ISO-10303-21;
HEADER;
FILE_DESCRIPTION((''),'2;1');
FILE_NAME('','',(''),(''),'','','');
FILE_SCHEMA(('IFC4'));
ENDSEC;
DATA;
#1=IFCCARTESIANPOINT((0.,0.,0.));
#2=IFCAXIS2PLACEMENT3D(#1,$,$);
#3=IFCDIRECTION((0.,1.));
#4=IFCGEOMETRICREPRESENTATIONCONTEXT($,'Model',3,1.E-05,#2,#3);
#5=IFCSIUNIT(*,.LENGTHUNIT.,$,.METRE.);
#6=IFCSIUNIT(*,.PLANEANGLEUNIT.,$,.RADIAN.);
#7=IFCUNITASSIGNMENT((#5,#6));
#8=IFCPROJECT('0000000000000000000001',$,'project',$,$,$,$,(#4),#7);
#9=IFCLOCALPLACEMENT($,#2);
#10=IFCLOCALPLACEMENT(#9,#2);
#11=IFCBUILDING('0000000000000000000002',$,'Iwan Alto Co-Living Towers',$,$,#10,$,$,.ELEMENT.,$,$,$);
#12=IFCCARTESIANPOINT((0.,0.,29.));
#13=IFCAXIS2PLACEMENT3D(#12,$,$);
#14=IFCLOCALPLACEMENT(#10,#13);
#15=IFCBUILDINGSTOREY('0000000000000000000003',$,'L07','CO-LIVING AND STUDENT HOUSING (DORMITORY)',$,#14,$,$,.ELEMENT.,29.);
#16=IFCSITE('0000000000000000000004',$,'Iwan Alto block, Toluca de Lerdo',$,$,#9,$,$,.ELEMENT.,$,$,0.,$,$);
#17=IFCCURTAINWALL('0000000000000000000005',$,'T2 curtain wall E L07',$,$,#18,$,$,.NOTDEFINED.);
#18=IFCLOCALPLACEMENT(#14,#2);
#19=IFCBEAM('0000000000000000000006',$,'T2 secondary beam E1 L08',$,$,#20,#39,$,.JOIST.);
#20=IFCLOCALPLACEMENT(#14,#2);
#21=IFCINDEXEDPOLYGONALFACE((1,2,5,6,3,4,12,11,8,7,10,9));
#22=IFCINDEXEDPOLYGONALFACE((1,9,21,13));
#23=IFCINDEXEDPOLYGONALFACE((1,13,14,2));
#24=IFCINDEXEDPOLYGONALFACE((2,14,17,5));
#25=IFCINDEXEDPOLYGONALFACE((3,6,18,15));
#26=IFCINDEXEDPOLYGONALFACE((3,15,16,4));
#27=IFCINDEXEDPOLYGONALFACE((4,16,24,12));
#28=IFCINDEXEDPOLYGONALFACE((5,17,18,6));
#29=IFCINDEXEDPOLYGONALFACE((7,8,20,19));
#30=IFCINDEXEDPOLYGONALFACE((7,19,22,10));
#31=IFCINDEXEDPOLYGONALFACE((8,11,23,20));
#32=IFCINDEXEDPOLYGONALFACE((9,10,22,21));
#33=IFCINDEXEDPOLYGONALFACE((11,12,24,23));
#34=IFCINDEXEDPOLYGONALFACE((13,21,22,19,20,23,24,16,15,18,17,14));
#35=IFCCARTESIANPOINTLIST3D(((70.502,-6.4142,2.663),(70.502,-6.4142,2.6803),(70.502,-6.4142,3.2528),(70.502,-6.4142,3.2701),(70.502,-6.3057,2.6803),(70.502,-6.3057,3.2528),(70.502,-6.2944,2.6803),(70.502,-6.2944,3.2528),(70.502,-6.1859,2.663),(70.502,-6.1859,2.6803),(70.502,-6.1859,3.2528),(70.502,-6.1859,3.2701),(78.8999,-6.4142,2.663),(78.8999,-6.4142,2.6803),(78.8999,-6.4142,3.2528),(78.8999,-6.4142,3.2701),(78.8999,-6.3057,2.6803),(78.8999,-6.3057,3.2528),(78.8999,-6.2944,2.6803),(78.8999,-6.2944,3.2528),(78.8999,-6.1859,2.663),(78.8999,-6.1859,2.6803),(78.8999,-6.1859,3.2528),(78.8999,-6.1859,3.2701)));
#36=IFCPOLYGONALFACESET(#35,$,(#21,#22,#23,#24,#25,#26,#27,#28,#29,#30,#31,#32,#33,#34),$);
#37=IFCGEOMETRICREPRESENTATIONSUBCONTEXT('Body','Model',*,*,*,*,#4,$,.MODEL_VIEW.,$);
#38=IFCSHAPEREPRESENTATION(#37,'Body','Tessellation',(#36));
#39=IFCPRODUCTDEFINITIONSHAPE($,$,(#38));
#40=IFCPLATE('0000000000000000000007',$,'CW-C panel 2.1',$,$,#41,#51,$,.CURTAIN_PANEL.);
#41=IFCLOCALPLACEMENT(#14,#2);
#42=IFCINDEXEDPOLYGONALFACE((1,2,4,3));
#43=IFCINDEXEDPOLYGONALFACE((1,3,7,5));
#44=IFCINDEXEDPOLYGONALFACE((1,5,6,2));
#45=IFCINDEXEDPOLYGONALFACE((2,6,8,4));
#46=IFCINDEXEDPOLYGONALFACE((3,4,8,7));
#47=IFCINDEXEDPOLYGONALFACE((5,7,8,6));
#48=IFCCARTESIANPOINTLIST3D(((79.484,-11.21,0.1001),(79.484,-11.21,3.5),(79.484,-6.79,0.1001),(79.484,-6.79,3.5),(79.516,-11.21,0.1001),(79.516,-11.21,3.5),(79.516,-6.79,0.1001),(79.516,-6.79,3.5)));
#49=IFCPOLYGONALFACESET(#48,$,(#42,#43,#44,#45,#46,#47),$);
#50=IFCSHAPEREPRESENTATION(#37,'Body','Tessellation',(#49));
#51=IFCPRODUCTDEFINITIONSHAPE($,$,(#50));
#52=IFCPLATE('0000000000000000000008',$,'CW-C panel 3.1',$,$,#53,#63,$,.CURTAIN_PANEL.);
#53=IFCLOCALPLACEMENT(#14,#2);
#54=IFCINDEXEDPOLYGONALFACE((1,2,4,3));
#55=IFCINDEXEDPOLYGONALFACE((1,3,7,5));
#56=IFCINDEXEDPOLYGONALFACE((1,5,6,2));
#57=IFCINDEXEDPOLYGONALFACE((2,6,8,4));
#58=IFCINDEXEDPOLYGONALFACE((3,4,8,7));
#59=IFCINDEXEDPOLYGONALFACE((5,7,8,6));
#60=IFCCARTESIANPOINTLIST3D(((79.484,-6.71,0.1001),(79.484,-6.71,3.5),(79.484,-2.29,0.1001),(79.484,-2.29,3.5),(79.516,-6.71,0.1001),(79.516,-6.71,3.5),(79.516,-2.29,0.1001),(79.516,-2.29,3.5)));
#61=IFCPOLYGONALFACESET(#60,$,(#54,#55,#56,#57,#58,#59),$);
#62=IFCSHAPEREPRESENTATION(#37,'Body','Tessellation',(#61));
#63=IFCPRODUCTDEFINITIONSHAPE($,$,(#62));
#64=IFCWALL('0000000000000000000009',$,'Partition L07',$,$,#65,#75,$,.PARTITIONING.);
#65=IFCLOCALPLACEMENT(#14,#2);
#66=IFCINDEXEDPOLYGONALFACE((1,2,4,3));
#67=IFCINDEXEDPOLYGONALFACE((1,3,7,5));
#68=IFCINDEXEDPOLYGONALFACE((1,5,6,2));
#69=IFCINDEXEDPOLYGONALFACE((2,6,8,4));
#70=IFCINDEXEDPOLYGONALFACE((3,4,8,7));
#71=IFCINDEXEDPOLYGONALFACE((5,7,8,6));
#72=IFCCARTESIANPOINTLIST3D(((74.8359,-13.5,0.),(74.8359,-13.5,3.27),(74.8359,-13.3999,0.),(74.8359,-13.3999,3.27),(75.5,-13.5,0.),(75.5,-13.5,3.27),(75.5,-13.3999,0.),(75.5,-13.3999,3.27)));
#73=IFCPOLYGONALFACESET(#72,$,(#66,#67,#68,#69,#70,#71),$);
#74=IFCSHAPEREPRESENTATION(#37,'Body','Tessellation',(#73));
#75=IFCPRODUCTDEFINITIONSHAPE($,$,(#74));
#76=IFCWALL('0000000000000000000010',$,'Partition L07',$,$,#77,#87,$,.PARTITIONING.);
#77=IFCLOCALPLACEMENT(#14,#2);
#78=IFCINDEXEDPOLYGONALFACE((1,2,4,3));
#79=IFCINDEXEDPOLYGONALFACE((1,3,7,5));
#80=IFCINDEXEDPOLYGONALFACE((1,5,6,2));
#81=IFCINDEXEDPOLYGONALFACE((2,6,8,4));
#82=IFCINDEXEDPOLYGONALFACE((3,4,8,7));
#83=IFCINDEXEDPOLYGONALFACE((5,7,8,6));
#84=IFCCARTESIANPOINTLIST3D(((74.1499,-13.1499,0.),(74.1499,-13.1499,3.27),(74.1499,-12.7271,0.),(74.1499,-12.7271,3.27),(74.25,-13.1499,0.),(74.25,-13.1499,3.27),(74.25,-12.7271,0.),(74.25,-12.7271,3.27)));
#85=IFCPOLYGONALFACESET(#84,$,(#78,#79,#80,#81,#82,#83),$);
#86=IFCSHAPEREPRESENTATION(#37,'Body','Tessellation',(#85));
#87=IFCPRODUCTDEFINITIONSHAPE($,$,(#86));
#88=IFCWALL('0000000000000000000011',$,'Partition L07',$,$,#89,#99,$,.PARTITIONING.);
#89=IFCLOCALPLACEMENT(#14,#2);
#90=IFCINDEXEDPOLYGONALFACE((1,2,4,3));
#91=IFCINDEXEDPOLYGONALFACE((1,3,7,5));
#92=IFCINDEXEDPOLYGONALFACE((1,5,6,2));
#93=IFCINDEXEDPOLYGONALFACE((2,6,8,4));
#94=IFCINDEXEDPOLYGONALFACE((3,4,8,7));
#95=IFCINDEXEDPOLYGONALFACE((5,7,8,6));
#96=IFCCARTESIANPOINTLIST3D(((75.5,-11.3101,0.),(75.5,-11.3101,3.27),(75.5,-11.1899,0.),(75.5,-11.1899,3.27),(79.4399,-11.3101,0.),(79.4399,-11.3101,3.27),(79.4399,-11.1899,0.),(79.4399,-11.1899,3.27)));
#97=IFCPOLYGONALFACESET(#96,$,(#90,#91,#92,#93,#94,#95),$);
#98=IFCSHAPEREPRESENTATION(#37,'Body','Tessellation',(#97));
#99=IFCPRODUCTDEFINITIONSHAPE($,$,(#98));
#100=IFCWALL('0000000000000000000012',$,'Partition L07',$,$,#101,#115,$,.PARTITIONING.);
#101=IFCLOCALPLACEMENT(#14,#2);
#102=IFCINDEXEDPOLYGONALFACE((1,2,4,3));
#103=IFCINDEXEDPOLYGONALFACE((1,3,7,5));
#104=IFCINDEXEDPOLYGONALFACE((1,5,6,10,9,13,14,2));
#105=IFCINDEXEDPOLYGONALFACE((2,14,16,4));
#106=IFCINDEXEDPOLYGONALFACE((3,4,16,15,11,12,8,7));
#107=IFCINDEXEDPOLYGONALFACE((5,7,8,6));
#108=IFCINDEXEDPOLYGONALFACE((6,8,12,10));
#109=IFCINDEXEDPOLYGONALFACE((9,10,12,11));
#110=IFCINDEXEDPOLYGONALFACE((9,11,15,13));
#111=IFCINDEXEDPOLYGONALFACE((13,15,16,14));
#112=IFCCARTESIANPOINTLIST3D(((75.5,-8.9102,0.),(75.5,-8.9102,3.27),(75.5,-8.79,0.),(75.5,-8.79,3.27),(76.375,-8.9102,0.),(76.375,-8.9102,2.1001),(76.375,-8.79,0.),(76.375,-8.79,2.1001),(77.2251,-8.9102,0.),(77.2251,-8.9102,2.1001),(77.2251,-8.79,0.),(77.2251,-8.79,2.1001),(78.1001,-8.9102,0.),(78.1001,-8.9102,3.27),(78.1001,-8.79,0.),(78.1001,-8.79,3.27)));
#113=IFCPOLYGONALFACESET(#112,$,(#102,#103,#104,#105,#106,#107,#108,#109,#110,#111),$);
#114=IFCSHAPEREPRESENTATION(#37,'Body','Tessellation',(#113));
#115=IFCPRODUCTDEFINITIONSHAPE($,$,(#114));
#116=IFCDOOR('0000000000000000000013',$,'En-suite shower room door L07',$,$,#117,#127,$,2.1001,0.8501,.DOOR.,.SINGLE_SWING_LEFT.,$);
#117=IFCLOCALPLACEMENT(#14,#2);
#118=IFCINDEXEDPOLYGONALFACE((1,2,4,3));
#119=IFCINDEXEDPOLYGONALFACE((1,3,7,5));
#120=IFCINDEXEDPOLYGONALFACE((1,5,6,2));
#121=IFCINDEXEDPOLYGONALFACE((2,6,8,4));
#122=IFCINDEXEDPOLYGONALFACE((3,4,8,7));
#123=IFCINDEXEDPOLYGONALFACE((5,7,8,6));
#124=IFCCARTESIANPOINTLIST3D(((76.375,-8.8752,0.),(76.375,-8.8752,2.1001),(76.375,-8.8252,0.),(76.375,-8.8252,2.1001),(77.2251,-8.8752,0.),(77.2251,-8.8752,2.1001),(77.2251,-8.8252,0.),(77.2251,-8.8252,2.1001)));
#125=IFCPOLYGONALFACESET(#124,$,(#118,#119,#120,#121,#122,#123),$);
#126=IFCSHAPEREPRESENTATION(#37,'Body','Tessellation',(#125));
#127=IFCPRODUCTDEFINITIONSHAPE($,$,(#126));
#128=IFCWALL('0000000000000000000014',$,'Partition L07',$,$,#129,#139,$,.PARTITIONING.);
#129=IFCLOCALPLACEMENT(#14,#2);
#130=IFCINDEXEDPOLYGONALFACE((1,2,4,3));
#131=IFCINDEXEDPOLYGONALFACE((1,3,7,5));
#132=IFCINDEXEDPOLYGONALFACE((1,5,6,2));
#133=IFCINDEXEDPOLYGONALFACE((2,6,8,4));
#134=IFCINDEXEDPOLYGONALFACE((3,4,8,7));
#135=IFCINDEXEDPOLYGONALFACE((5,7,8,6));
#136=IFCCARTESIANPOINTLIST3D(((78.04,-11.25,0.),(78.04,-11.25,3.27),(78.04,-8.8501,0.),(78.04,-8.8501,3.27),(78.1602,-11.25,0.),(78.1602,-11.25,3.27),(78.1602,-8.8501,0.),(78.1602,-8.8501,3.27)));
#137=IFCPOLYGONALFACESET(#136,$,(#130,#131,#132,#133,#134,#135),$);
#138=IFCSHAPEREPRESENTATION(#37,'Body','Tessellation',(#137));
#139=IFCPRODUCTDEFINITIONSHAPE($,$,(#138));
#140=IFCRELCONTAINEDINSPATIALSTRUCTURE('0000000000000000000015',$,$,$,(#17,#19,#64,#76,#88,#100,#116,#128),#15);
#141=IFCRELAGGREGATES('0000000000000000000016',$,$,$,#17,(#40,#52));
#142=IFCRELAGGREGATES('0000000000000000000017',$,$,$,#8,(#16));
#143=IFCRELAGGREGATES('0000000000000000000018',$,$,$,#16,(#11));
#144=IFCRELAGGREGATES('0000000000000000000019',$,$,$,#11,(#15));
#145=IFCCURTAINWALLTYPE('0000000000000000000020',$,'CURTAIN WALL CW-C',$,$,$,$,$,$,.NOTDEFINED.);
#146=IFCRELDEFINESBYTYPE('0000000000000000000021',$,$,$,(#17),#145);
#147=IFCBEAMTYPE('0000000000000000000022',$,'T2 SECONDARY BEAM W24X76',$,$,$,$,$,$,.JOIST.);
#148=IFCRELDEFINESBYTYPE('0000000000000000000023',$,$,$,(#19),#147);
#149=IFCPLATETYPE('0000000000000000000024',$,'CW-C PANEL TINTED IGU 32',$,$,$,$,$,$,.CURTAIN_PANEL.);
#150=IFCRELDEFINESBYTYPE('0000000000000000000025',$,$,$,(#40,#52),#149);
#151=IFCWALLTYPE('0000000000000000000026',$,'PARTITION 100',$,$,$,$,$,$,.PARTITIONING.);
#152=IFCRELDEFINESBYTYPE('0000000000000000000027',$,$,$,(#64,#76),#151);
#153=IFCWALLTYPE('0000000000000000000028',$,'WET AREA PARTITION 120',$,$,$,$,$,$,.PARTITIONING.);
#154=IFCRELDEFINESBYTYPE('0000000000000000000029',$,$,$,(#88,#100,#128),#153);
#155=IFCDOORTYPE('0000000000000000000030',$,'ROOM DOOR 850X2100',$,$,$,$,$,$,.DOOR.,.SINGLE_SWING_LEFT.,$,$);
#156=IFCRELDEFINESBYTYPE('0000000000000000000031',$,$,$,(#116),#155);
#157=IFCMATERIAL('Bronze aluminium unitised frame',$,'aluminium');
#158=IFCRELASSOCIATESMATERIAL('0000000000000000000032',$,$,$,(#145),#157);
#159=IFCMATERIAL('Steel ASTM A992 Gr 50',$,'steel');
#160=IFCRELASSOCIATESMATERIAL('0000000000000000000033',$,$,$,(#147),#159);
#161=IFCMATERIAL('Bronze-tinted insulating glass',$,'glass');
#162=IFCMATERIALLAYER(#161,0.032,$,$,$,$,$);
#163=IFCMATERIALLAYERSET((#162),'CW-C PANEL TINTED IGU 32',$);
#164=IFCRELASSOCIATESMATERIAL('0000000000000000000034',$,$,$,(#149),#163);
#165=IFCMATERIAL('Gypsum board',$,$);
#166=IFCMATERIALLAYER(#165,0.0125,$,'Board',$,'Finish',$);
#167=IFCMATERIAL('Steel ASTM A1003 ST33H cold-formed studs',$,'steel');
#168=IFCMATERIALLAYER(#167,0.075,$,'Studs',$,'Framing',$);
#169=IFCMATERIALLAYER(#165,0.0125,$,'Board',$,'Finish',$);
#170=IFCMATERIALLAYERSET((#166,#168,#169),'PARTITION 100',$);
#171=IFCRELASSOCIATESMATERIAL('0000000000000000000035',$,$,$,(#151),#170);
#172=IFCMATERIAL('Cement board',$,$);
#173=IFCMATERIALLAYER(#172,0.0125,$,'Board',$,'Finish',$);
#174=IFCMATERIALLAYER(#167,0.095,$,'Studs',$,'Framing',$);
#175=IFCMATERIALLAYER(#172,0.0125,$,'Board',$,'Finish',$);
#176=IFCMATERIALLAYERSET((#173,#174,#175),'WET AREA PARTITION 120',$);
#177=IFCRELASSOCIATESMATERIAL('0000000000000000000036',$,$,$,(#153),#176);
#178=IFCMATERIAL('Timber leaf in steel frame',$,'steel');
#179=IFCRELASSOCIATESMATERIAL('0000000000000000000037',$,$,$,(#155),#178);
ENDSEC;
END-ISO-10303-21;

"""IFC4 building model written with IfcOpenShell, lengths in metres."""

from ifc_helpers import new_model, si_unit, direction, frame, frame_2d, origin, origin_2d, place, context, subcontext, project, spatial, rectangle, i_section, extrude, material, layer, layer_set, material_profile, profile_set, type_object, element, fill, aggregate, save


model = new_model("IFC4")

# Units and contexts
model_context = context("Model", 3, precision=1e-05, world=origin(), true_north=direction((0.0, 1.0)))
body_context = subcontext(model_context, "Body", "Model", "MODEL_VIEW")
ifc_project = project(units=[si_unit("LENGTHUNIT", "METRE"), si_unit("PLANEANGLEUNIT", "RADIAN")], contexts=[model_context])

# Site, building, storey
site_placement = place(None, origin())
site = spatial("IfcSite", under=ifc_project, at=site_placement, Name="Iwan Alto block, Toluca de Lerdo", CompositionType="ELEMENT", RefElevation=0.0)
building_placement = place(site_placement, origin())
building = spatial("IfcBuilding", under=site, at=building_placement, Name="Iwan Alto Co-Living Towers", CompositionType="ELEMENT")
storey_placement = place(building_placement, frame((0.0, 0.0, 29.0)))
storey = spatial("IfcBuildingStorey", under=building, at=storey_placement, Name="L07", Description="CO-LIVING AND STUDENT HOUSING (DORMITORY)", CompositionType="ELEMENT", Elevation=29.0)

# Curtain wall
ifc_material_1 = material(Name="Bronze aluminium unitised frame", Category="aluminium")
curtain_wall_type = type_object("IfcCurtainWallType", Name="CURTAIN WALL CW-C", PredefinedType="NOTDEFINED", material=ifc_material_1)
curtain_wall_placement = place(storey_placement, origin())
curtain_wall = element("IfcCurtainWall", 1, at=curtain_wall_placement, inside=storey, type_object=curtain_wall_type, Name="T2 curtain wall E L07", PredefinedType="NOTDEFINED")

# Beam
ifc_material_2 = material(Name="Steel ASTM A992 Gr 50", Category="steel")
ifc_material_profile_1 = material_profile(ifc_material_2, i_section(OverallWidth=0.2283, OverallDepth=0.6072, WebThickness=0.0112, FlangeThickness=0.0173, at=origin_2d()), Name="W24X76")
ifc_profile_set_1 = profile_set([ifc_material_profile_1], Name="Steel ASTM A992 Gr 50")
beam_type_1 = type_object("IfcBeamType", Name="T2 SECONDARY BEAM W24X76", PredefinedType="JOIST", material=ifc_profile_set_1)
beam_1_placement = place(storey_placement, frame((78.8999, -6.3, 2.9666), z_axis=(-1.0, 0.0, 0.0), x_axis=(0.0, -1.0, 0.0)))
element("IfcBeam", 2, at=beam_1_placement, inside=storey, type_object=beam_type_1, Name="T2 secondary beam E1 L08", PredefinedType="JOIST", context=body_context, shape_type="SweptSolid", body=[
    extrude(i_section(OverallWidth=0.2283, OverallDepth=0.6072, WebThickness=0.0112, FlangeThickness=0.0173, at=origin_2d()), origin(), (0.0, 0.0, 1.0), 8.3979),
])

# Plates
ifc_material_3 = material(Name="Bronze-tinted insulating glass", Category="glass")
ifc_layer_1 = layer(ifc_material_3, 0.032)
ifc_layer_set_1 = layer_set([ifc_layer_1], Name="CW-C PANEL TINTED IGU 32")
plate_type = type_object("IfcPlateType", Name="CW-C PANEL TINTED IGU 32", PredefinedType="CURTAIN_PANEL", material=ifc_layer_set_1)
plate_1_placement = place(storey_placement, frame((79.5, -9.0, 0.1001), z_axis=(0.0, 0.0, 1.0), x_axis=(0.0, 1.0, 0.0)))
plate_1 = element("IfcPlate", 3, at=plate_1_placement, type_object=plate_type, Name="CW-C panel 2.1", PredefinedType="CURTAIN_PANEL", context=body_context, shape_type="SweptSolid", body=[
    extrude(rectangle(XDim=4.4199, YDim=0.032, at=origin_2d()), origin(), (0.0, 0.0, 1.0), 3.3999),
])
plate_2_placement = place(storey_placement, frame((79.5, -4.5, 0.1001), z_axis=(0.0, 0.0, 1.0), x_axis=(0.0, 1.0, 0.0)))
plate_2 = element("IfcPlate", 4, at=plate_2_placement, type_object=plate_type, Name="CW-C panel 3.1", PredefinedType="CURTAIN_PANEL", context=body_context, shape_type="SweptSolid", body=[
    extrude(rectangle(XDim=4.4199, YDim=0.032, at=origin_2d()), origin(), (0.0, 0.0, 1.0), 3.3999),
])
aggregate(curtain_wall, [plate_1, plate_2])

# Walls
ifc_material_4 = material(Name="Gypsum board")
ifc_layer_2 = layer(ifc_material_4, 0.0125, Name="Board", Category="Finish")
ifc_material_5 = material(Name="Steel ASTM A1003 ST33H cold-formed studs", Category="steel")
ifc_layer_3 = layer(ifc_material_5, 0.075, Name="Studs", Category="Framing")
ifc_layer_4 = layer(ifc_material_4, 0.0125, Name="Board", Category="Finish")
ifc_layer_set_2 = layer_set([ifc_layer_2, ifc_layer_3, ifc_layer_4], Name="PARTITION 100")
wall_type_1 = type_object("IfcWallType", Name="PARTITION 100", PredefinedType="PARTITIONING", material=ifc_layer_set_2)
wall_1_placement = place(storey_placement, frame((74.8359, -13.45, 0.0), z_axis=(0.0, 0.0, 1.0), x_axis=(1.0, 0.0, 0.0)))
element("IfcWall", 5, at=wall_1_placement, inside=storey, type_object=wall_type_1, Name="Partition L07", PredefinedType="PARTITIONING", context=body_context, shape_type="SweptSolid", body=[
    extrude(rectangle(XDim=0.6641, YDim=0.1001, at=frame_2d((0.332, 0.0))), origin(), (0.0, 0.0, 1.0), 3.27),
])
wall_2_placement = place(storey_placement, frame((74.2, -13.1499, 0.0), z_axis=(0.0, 0.0, 1.0), x_axis=(0.0, 1.0, 0.0)))
element("IfcWall", 6, at=wall_2_placement, inside=storey, type_object=wall_type_1, Name="Partition L07", PredefinedType="PARTITIONING", context=body_context, shape_type="SweptSolid", body=[
    extrude(rectangle(XDim=0.4229, YDim=0.1001, at=frame_2d((0.2114, 0.0))), origin(), (0.0, 0.0, 1.0), 3.27),
])
ifc_material_6 = material(Name="Cement board")
ifc_layer_5 = layer(ifc_material_6, 0.0125, Name="Board", Category="Finish")
ifc_layer_6 = layer(ifc_material_5, 0.095, Name="Studs", Category="Framing")
ifc_layer_7 = layer(ifc_material_6, 0.0125, Name="Board", Category="Finish")
ifc_layer_set_3 = layer_set([ifc_layer_5, ifc_layer_6, ifc_layer_7], Name="WET AREA PARTITION 120")
wall_type_2 = type_object("IfcWallType", Name="WET AREA PARTITION 120", PredefinedType="PARTITIONING", material=ifc_layer_set_3)
wall_3_placement = place(storey_placement, frame((75.5, -11.25, 0.0), z_axis=(0.0, 0.0, 1.0), x_axis=(1.0, 0.0, 0.0)))
element("IfcWall", 7, at=wall_3_placement, inside=storey, type_object=wall_type_2, Name="Partition L07", PredefinedType="PARTITIONING", context=body_context, shape_type="SweptSolid", body=[
    extrude(rectangle(XDim=3.9399, YDim=0.1201, at=frame_2d((1.97, 0.0))), origin(), (0.0, 0.0, 1.0), 3.27),
])

# Wall, opening, door
wall_4_placement = place(storey_placement, frame((75.5, -8.8501, 0.0), z_axis=(0.0, 0.0, 1.0), x_axis=(1.0, 0.0, 0.0)))
wall_4 = element("IfcWall", 8, at=wall_4_placement, inside=storey, type_object=wall_type_2, Name="Partition L07", PredefinedType="PARTITIONING", context=body_context, shape_type="SweptSolid", body=[
    extrude(rectangle(XDim=2.6001, YDim=0.1201, at=frame_2d((1.3, 0.0))), origin(), (0.0, 0.0, 1.0), 3.27),
])
opening_1_placement = place(wall_4_placement, frame((0.875, 0.0, 0.0)))
opening_1 = element("IfcOpeningElement", 9, at=opening_1_placement, cuts=wall_4, PredefinedType="OPENING", context=body_context, shape_type="SweptSolid", body=[
    extrude(rectangle(XDim=0.8501, YDim=2.1001, at=frame_2d((0.425, 1.05))), frame((0.0, 0.0701, 0.0), z_axis=(0.0, -1.0, 0.0), x_axis=(1.0, 0.0, 0.0)), (0.0, 0.0, 1.0), 0.1401),
])
ifc_material_7 = material(Name="Timber leaf in steel frame", Category="steel")
door_type = type_object("IfcDoorType", Name="ROOM DOOR 850X2100", OperationType="SINGLE_SWING_LEFT", PredefinedType="DOOR", material=ifc_material_7)
door_1_placement = place(opening_1_placement, origin())
door_1 = element("IfcDoor", 10, at=door_1_placement, inside=storey, type_object=door_type, Name="En-suite shower room door L07", OperationType="SINGLE_SWING_LEFT", OverallHeight=2.1001, OverallWidth=0.8501, PredefinedType="DOOR", context=body_context, shape_type="SweptSolid", body=[
    extrude(rectangle(XDim=0.8501, YDim=2.1001, at=frame_2d((0.425, 1.05))), frame((0.0, 0.0249, 0.0), z_axis=(0.0, -1.0, 0.0), x_axis=(1.0, 0.0, 0.0)), (0.0, 0.0, 1.0), 0.05),
])
fill(opening_1, door_1)

# Wall
wall_5_placement = place(storey_placement, frame((78.1001, -11.25, 0.0), z_axis=(0.0, 0.0, 1.0), x_axis=(0.0, 1.0, 0.0)))
element("IfcWall", 11, at=wall_5_placement, inside=storey, type_object=wall_type_2, Name="Partition L07", PredefinedType="PARTITIONING", context=body_context, shape_type="SweptSolid", body=[
    extrude(rectangle(XDim=2.3999, YDim=0.1201, at=frame_2d((1.2, 0.0))), origin(), (0.0, 0.0, 1.0), 3.27),
])

save(model, "model.ifc")
